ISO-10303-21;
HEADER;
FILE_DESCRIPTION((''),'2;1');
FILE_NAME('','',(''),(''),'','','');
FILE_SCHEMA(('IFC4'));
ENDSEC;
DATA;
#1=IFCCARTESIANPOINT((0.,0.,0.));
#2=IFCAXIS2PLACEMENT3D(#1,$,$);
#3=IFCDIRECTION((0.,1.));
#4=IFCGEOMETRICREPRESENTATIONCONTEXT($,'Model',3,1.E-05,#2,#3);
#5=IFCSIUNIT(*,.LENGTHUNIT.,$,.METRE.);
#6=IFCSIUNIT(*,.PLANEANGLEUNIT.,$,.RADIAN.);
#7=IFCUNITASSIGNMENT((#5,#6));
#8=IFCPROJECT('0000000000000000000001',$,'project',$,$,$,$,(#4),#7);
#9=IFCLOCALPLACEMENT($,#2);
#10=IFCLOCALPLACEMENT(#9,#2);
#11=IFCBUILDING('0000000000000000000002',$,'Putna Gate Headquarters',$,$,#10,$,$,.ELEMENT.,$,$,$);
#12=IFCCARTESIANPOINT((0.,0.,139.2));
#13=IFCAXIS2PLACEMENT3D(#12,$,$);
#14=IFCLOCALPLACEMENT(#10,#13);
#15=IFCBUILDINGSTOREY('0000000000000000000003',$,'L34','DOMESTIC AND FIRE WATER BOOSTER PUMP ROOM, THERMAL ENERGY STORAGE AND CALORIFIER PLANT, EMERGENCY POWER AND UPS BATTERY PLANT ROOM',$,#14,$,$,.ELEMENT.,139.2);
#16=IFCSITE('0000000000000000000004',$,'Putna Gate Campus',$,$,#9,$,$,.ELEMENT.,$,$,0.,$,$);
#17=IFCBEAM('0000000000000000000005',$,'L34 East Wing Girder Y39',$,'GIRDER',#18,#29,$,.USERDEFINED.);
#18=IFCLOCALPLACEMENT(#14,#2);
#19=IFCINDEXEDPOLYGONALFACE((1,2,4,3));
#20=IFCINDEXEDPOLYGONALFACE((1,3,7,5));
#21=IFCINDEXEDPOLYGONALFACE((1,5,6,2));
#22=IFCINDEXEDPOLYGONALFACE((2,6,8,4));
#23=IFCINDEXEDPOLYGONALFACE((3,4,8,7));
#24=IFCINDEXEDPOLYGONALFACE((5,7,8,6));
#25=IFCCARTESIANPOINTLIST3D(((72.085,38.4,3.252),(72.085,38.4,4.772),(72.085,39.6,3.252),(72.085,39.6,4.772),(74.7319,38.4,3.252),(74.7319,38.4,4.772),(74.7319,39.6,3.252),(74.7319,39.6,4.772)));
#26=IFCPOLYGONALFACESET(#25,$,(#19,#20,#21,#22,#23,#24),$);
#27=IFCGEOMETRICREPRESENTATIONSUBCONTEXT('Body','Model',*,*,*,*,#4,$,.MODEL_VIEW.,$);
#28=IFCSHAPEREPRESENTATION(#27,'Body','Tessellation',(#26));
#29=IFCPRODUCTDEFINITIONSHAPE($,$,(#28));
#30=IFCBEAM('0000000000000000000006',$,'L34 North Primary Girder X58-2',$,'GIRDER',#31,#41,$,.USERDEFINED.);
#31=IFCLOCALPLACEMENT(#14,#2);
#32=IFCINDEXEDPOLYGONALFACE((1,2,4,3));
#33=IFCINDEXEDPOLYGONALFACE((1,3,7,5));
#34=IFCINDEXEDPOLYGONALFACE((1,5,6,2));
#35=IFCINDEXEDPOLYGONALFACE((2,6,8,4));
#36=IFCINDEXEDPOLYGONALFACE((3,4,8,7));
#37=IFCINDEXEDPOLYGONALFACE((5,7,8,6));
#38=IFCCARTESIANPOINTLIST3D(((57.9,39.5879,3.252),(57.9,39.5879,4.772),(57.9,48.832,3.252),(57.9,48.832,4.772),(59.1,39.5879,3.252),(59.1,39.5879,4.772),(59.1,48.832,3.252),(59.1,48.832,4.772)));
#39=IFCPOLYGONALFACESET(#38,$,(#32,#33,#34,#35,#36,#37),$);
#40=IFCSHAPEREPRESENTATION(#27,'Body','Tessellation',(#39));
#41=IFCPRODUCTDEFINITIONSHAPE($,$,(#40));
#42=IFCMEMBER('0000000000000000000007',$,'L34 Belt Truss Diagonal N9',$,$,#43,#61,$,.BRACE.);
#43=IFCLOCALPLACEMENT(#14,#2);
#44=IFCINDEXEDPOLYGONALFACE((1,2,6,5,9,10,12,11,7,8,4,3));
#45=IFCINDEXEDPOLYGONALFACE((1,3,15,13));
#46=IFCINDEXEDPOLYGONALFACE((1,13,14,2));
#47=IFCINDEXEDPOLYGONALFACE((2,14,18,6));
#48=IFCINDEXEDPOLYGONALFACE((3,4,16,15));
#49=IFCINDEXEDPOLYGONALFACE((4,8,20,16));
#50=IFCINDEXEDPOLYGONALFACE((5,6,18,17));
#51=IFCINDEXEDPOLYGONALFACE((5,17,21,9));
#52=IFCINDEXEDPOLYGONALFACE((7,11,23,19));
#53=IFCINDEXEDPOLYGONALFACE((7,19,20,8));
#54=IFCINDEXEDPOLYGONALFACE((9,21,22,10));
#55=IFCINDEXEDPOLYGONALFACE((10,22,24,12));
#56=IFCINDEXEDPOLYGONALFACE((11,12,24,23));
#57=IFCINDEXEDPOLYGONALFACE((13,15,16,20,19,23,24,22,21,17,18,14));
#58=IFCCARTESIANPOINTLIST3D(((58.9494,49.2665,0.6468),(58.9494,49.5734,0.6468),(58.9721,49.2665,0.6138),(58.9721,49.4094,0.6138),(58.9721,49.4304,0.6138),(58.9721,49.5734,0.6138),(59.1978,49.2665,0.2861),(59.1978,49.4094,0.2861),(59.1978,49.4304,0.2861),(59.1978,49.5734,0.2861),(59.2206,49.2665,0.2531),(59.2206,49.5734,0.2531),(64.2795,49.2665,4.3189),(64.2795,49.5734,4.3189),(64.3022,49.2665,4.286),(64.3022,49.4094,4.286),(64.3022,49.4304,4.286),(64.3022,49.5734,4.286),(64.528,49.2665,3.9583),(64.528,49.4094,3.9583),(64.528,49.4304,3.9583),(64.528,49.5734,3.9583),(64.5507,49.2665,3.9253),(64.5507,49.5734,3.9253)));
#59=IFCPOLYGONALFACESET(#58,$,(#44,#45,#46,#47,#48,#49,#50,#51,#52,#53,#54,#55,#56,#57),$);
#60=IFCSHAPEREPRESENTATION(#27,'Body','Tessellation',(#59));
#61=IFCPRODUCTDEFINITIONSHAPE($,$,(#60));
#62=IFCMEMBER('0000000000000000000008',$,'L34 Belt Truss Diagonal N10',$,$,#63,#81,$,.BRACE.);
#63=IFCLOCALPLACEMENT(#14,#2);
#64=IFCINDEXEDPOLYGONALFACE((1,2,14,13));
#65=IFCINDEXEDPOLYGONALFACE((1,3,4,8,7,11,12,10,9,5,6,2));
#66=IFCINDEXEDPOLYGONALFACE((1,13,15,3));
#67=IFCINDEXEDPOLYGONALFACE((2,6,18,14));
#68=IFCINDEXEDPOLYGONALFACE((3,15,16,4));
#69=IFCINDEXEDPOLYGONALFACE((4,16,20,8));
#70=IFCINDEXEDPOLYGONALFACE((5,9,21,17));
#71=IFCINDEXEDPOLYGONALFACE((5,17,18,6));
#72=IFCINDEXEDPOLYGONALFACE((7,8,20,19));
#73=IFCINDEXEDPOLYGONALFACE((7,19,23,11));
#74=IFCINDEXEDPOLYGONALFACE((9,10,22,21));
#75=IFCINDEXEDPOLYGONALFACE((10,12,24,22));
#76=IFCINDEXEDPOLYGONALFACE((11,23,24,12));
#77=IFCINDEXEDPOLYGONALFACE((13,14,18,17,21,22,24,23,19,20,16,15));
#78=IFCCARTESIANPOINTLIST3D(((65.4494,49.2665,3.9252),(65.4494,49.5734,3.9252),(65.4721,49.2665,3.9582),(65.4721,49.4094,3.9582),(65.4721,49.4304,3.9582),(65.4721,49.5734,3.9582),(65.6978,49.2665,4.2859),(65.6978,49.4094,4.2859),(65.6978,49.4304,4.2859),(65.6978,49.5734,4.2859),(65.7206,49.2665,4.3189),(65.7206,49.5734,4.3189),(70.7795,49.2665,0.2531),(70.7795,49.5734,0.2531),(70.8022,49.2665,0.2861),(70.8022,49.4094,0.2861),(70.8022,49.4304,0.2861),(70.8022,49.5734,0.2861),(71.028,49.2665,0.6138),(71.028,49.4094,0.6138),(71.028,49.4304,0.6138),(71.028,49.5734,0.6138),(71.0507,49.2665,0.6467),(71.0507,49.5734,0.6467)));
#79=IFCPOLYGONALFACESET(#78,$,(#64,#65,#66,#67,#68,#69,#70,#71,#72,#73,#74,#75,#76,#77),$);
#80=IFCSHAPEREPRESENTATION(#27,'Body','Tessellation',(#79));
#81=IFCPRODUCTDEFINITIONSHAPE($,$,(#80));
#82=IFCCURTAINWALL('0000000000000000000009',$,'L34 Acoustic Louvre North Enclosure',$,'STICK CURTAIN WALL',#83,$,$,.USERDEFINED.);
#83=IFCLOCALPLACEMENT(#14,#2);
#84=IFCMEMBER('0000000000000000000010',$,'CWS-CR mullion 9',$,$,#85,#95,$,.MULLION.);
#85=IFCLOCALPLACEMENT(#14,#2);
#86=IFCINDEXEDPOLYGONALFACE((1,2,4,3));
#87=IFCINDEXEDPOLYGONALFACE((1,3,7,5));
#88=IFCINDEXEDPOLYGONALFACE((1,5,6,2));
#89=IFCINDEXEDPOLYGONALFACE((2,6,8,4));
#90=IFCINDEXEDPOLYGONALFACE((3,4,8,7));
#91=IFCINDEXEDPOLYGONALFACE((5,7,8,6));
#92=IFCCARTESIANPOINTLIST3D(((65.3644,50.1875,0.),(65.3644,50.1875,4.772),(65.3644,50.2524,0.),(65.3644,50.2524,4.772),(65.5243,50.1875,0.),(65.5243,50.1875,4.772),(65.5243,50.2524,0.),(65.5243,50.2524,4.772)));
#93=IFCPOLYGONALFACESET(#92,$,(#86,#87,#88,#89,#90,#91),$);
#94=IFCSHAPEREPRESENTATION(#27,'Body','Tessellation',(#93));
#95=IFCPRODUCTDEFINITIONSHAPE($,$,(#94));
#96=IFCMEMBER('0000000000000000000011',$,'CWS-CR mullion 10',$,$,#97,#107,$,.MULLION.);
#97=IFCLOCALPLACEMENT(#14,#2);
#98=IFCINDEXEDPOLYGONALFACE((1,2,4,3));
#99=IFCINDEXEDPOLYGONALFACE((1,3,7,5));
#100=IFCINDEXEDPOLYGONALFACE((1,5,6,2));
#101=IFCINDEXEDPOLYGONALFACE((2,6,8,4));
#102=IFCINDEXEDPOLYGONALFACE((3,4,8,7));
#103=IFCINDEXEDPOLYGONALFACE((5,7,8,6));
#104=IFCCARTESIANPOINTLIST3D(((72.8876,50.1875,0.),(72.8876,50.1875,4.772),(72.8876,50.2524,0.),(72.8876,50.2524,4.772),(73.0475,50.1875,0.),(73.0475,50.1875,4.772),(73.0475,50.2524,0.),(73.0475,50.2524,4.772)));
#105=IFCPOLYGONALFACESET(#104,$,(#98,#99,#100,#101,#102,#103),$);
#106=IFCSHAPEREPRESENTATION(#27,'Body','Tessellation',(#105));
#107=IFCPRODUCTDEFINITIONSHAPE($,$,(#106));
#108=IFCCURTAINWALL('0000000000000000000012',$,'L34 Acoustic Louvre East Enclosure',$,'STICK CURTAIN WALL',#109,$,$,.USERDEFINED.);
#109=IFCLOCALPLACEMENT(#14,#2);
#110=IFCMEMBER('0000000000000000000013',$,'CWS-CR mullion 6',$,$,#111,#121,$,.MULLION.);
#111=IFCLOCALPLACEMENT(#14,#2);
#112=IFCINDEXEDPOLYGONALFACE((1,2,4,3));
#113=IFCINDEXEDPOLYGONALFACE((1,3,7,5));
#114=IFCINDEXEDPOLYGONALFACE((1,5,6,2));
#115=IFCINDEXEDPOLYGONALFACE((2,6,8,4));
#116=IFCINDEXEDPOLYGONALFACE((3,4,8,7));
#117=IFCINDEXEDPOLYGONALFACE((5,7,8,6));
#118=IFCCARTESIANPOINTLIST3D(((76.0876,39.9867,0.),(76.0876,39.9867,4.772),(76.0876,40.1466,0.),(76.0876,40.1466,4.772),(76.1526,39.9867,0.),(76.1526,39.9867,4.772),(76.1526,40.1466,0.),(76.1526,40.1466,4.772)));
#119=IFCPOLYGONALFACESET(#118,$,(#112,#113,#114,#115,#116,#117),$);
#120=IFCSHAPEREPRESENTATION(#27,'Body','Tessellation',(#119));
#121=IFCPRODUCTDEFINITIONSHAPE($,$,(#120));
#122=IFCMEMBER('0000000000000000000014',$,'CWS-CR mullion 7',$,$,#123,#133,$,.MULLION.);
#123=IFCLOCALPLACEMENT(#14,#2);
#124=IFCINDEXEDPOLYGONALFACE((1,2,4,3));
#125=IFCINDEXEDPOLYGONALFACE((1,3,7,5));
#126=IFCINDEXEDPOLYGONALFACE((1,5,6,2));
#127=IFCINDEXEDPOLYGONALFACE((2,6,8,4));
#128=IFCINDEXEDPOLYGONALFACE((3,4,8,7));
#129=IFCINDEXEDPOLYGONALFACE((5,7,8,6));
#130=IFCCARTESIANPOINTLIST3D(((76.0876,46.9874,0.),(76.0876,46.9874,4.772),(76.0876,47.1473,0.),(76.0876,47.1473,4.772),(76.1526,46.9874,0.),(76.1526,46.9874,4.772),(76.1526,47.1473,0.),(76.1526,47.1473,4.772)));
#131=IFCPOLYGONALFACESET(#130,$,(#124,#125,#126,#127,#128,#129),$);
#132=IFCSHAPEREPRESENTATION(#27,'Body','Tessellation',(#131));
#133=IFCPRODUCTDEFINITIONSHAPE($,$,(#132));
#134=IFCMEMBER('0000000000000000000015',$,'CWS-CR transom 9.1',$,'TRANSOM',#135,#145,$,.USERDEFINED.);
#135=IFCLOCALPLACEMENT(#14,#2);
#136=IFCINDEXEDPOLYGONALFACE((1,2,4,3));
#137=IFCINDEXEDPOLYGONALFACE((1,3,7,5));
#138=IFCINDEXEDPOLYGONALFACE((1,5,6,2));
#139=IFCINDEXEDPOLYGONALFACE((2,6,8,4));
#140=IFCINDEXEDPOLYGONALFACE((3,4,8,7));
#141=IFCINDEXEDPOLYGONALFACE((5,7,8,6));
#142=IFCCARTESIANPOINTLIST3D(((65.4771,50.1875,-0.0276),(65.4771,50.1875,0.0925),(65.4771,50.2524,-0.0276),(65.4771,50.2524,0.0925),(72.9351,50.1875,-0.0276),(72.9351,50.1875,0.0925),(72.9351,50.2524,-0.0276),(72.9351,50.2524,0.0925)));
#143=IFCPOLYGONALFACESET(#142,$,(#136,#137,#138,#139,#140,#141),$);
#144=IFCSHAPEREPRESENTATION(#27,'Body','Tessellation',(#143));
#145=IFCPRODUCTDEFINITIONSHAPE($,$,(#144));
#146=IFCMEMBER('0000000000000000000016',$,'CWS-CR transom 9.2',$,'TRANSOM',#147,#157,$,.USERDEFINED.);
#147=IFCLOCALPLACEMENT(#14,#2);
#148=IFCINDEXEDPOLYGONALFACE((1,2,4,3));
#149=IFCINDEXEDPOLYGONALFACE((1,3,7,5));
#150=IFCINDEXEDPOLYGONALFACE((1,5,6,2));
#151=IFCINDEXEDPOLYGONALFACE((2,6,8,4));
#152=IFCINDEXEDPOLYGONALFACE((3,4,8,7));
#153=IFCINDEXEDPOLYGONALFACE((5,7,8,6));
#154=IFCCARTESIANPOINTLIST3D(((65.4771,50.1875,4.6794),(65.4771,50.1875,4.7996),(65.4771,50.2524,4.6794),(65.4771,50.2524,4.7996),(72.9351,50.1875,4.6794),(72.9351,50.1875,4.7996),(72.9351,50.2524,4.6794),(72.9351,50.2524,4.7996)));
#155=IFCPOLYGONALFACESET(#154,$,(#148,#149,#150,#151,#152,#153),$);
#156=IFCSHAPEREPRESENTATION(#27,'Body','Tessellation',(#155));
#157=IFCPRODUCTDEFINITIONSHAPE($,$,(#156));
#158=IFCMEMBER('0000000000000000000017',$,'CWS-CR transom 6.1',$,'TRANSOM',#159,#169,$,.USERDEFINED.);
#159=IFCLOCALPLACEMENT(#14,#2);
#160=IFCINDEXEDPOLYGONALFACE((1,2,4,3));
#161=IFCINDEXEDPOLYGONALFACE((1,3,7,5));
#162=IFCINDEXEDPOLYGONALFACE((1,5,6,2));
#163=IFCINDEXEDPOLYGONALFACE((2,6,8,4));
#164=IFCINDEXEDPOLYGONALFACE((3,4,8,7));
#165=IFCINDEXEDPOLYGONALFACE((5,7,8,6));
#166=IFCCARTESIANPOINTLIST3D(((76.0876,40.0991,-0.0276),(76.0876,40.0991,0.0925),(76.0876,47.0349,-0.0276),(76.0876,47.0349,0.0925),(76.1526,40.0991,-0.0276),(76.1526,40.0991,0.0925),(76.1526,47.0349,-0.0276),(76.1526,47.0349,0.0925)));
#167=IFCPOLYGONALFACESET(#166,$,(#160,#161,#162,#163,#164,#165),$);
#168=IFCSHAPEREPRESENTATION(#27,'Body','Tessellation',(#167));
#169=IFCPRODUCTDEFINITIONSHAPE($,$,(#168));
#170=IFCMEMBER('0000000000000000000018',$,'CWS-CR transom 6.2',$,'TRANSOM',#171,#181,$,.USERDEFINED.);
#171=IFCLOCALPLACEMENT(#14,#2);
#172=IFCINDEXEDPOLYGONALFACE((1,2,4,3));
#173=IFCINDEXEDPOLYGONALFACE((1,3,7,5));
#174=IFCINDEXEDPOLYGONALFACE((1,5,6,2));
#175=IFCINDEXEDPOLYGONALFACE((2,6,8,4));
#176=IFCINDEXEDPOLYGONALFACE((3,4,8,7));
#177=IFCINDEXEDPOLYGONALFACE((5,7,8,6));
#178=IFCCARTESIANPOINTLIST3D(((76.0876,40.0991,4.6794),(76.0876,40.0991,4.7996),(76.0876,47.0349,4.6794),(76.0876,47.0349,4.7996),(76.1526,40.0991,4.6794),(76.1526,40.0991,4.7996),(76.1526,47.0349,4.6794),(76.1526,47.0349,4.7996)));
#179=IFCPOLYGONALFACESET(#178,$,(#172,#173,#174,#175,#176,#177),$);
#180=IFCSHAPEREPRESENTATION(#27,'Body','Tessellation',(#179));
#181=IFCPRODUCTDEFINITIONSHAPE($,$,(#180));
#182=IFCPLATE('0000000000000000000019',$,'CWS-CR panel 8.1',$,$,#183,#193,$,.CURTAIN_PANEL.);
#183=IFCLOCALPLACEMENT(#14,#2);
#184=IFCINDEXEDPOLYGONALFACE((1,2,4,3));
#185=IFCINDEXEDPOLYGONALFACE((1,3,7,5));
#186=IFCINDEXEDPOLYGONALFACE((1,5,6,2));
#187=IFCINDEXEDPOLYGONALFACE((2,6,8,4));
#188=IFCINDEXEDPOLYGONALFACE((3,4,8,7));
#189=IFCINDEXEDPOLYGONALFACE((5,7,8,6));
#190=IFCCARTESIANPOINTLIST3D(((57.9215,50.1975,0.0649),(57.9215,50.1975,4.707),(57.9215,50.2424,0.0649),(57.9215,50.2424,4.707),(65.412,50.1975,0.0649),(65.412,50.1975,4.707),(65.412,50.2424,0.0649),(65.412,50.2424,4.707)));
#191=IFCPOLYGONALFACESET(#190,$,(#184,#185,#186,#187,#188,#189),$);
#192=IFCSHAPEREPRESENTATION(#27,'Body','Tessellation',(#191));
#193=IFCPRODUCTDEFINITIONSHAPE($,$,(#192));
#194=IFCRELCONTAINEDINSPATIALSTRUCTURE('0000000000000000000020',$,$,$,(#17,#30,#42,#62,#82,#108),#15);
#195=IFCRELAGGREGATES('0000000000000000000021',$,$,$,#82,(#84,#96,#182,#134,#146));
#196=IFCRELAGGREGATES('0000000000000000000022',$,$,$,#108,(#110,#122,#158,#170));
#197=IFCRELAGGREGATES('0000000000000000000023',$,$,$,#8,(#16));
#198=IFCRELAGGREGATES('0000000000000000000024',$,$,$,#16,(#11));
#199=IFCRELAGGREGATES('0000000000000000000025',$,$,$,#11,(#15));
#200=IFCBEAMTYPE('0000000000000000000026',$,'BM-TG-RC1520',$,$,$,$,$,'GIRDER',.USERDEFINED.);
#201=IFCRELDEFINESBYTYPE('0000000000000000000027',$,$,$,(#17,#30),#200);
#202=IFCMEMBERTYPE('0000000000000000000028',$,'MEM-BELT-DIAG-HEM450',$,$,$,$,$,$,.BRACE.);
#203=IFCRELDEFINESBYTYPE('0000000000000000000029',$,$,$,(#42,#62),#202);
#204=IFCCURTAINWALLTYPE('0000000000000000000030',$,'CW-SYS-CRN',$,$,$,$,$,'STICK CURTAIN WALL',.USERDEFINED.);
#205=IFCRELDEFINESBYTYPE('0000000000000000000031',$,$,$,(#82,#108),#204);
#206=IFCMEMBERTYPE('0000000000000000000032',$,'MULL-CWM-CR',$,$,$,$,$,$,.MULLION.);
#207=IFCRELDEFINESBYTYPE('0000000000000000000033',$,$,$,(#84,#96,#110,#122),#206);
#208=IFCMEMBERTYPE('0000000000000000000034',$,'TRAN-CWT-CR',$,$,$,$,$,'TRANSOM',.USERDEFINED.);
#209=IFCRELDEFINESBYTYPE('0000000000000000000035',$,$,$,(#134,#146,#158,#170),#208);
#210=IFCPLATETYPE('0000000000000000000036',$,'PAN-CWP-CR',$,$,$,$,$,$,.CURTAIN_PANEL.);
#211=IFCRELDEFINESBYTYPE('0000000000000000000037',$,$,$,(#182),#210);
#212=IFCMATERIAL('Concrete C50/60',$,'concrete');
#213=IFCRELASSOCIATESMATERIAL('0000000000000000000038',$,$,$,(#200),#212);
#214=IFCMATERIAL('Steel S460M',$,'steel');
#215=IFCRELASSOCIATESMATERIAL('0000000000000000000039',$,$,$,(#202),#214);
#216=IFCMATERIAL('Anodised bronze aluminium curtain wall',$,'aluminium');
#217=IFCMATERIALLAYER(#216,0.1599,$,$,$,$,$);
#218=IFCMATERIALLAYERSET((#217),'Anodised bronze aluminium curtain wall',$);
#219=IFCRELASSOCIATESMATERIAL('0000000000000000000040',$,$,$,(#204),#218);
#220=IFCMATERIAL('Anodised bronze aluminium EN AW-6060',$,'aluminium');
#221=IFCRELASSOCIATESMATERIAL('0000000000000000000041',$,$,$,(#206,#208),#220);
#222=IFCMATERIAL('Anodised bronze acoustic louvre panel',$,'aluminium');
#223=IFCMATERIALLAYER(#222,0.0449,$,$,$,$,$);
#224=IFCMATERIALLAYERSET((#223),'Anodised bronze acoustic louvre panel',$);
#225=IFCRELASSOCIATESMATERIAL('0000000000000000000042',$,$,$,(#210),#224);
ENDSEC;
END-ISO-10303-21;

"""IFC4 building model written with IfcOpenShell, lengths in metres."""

from ifc_helpers import new_model, si_unit, direction, frame, origin, origin_2d, place, context, subcontext, project, spatial, rectangle, i_section, extrude, material, layer, layer_set, material_profile, profile_set, type_object, element, aggregate, save


model = new_model("IFC4")

# Units and contexts
model_context = context("Model", 3, precision=1e-05, world=origin(), true_north=direction((0.0, 1.0)))
body_context = subcontext(model_context, "Body", "Model", "MODEL_VIEW")
ifc_project = project(units=[si_unit("LENGTHUNIT", "METRE"), si_unit("PLANEANGLEUNIT", "RADIAN")], contexts=[model_context])

# Site, building, storey
site_placement = place(None, origin())
site = spatial("IfcSite", under=ifc_project, at=site_placement, Name="Putna Gate Campus", CompositionType="ELEMENT", RefElevation=0.0)
building_placement = place(site_placement, origin())
building = spatial("IfcBuilding", under=site, at=building_placement, Name="Putna Gate Headquarters", CompositionType="ELEMENT")
storey_placement = place(building_placement, frame((0.0, 0.0, 139.2)))
storey = spatial("IfcBuildingStorey", under=building, at=storey_placement, Name="L34", Description="DOMESTIC AND FIRE WATER BOOSTER PUMP ROOM, THERMAL ENERGY STORAGE AND CALORIFIER PLANT, EMERGENCY POWER AND UPS BATTERY PLANT ROOM", CompositionType="ELEMENT", Elevation=139.2)

# Beams
ifc_material_1 = material(Name="Concrete C50/60", Category="concrete")
ifc_material_profile_1 = material_profile(ifc_material_1, rectangle(XDim=1.2, YDim=1.52, at=origin_2d()), Name="Concrete C50/60")
ifc_profile_set_1 = profile_set([ifc_material_profile_1], Name="Concrete C50/60")
beam_type_1 = type_object("IfcBeamType", Name="BM-TG-RC1520", ElementType="GIRDER", PredefinedType="USERDEFINED", material=ifc_profile_set_1)
beam_1_placement = place(storey_placement, frame((72.085, 39.0, 4.012), z_axis=(1.0, 0.0, 0.0), x_axis=(0.0, 1.0, 0.0)))
element("IfcBeam", 1, at=beam_1_placement, inside=storey, type_object=beam_type_1, Name="L34 East Wing Girder Y39", ObjectType="GIRDER", PredefinedType="USERDEFINED", context=body_context, shape_type="SweptSolid", body=[
    extrude(rectangle(XDim=1.2, YDim=1.52, at=origin_2d()), origin(), (0.0, 0.0, 1.0), 2.647),
])
beam_2_placement = place(storey_placement, frame((58.5, 39.5879, 4.012), z_axis=(0.0, 1.0, 0.0), x_axis=(-1.0, 0.0, 0.0)))
element("IfcBeam", 2, at=beam_2_placement, inside=storey, type_object=beam_type_1, Name="L34 North Primary Girder X58-2", ObjectType="GIRDER", PredefinedType="USERDEFINED", context=body_context, shape_type="SweptSolid", body=[
    extrude(rectangle(XDim=1.2, YDim=1.52, at=origin_2d()), origin(), (0.0, 0.0, 1.0), 9.2441),
])

# Members
ifc_material_2 = material(Name="Steel S460M", Category="steel")
ifc_material_profile_2 = material_profile(ifc_material_2, i_section(OverallWidth=0.3069, OverallDepth=0.478, WebThickness=0.021, FlangeThickness=0.04, at=origin_2d()), Name="Steel S460M")
ifc_profile_set_2 = profile_set([ifc_material_profile_2], Name="Steel S460M")
member_type_1 = type_object("IfcMemberType", Name="MEM-BELT-DIAG-HEM450", PredefinedType="BRACE", material=ifc_profile_set_2)
for number, where, z_axis, x_axis, name in (
    (3, (59.085, 49.4199, 0.45), (0.823487, 0.0, 0.567335), (0.0, 1.0, 0.0), "L34 Belt Truss Diagonal N9"),
    (4, (65.585, 49.4199, 4.1221), (0.823487, 0.0, -0.567335), (0.0, 1.0, 0.0), "L34 Belt Truss Diagonal N10"),
):
    element("IfcMember", number, at=place(storey_placement, frame(where, z_axis=z_axis, x_axis=x_axis)), inside=storey, type_object=member_type_1, Name=name, PredefinedType="BRACE", context=body_context, shape_type="SweptSolid", body=[
        extrude(i_section(OverallWidth=0.3069, OverallDepth=0.478, WebThickness=0.021, FlangeThickness=0.04, at=origin_2d()), origin(), (0.0, 0.0, 1.0), 6.4727),
    ])

# Curtain walls, members
ifc_material_3 = material(Name="Anodised bronze aluminium curtain wall", Category="aluminium")
ifc_layer_1 = layer(ifc_material_3, 0.1599)
ifc_layer_set_1 = layer_set([ifc_layer_1], Name="Anodised bronze aluminium curtain wall")
curtain_wall_type = type_object("IfcCurtainWallType", Name="CW-SYS-CRN", ElementType="STICK CURTAIN WALL", PredefinedType="USERDEFINED", material=ifc_layer_set_1)
curtain_wall_1_placement = place(storey_placement, origin())
curtain_wall_1 = element("IfcCurtainWall", 5, at=curtain_wall_1_placement, inside=storey, type_object=curtain_wall_type, Name="L34 Acoustic Louvre North Enclosure", ObjectType="STICK CURTAIN WALL", PredefinedType="USERDEFINED")
ifc_material_4 = material(Name="Anodised bronze aluminium EN AW-6060", Category="aluminium")
ifc_material_profile_3 = material_profile(ifc_material_4, rectangle(XDim=0.0649, YDim=0.1599, at=origin_2d()), Name="Anodised bronze aluminium EN AW-6060")
ifc_profile_set_3 = profile_set([ifc_material_profile_3], Name="Anodised bronze aluminium EN AW-6060")
member_type_2 = type_object("IfcMemberType", Name="MULL-CWM-CR", PredefinedType="MULLION", material=ifc_profile_set_3)
member_1_placement = place(storey_placement, frame((65.4443, 50.22, 0.0), z_axis=(0.0, 0.0, 1.0), x_axis=(0.0, 1.0, 0.0)))
member_1 = element("IfcMember", 6, at=member_1_placement, type_object=member_type_2, Name="CWS-CR mullion 9", PredefinedType="MULLION", context=body_context, shape_type="SweptSolid", body=[
    extrude(rectangle(XDim=0.0649, YDim=0.1599, at=origin_2d()), origin(), (0.0, 0.0, 1.0), 4.772),
])
member_2_placement = place(storey_placement, frame((72.9675, 50.22, 0.0), z_axis=(0.0, 0.0, 1.0), x_axis=(0.0, 1.0, 0.0)))
member_2 = element("IfcMember", 7, at=member_2_placement, type_object=member_type_2, Name="CWS-CR mullion 10", PredefinedType="MULLION", context=body_context, shape_type="SweptSolid", body=[
    extrude(rectangle(XDim=0.0649, YDim=0.1599, at=origin_2d()), origin(), (0.0, 0.0, 1.0), 4.772),
])
curtain_wall_2_placement = place(storey_placement, origin())
curtain_wall_2 = element("IfcCurtainWall", 8, at=curtain_wall_2_placement, inside=storey, type_object=curtain_wall_type, Name="L34 Acoustic Louvre East Enclosure", ObjectType="STICK CURTAIN WALL", PredefinedType="USERDEFINED")
member_3_placement = place(storey_placement, frame((76.1201, 40.0667, 0.0), z_axis=(0.0, 0.0, 1.0), x_axis=(-1.0, 0.0, 0.0)))
member_3 = element("IfcMember", 9, at=member_3_placement, type_object=member_type_2, Name="CWS-CR mullion 6", PredefinedType="MULLION", context=body_context, shape_type="SweptSolid", body=[
    extrude(rectangle(XDim=0.0649, YDim=0.1599, at=origin_2d()), origin(), (0.0, 0.0, 1.0), 4.772),
])
member_4_placement = place(storey_placement, frame((76.1201, 47.0674, 0.0), z_axis=(0.0, 0.0, 1.0), x_axis=(-1.0, 0.0, 0.0)))
member_4 = element("IfcMember", 10, at=member_4_placement, type_object=member_type_2, Name="CWS-CR mullion 7", PredefinedType="MULLION", context=body_context, shape_type="SweptSolid", body=[
    extrude(rectangle(XDim=0.0649, YDim=0.1599, at=origin_2d()), origin(), (0.0, 0.0, 1.0), 4.772),
])

# Members
ifc_material_profile_4 = material_profile(ifc_material_4, rectangle(XDim=0.0649, YDim=0.1201, at=origin_2d()), Name="Anodised bronze aluminium EN AW-6060")
ifc_profile_set_4 = profile_set([ifc_material_profile_4], Name="Anodised bronze aluminium EN AW-6060")
member_type_3 = type_object("IfcMemberType", Name="TRAN-CWT-CR", ElementType="TRANSOM", PredefinedType="USERDEFINED", material=ifc_profile_set_4)
member_5_placement = place(storey_placement, frame((65.4771, 50.22, 0.0325), z_axis=(1.0, 0.0, 0.0), x_axis=(0.0, 1.0, 0.0)))
member_5 = element("IfcMember", 11, at=member_5_placement, type_object=member_type_3, Name="CWS-CR transom 9.1", ObjectType="TRANSOM", PredefinedType="USERDEFINED", context=body_context, shape_type="SweptSolid", body=[
    extrude(rectangle(XDim=0.0649, YDim=0.1201, at=origin_2d()), origin(), (0.0, 0.0, 1.0), 7.458),
])
member_6_placement = place(storey_placement, frame((65.4771, 50.22, 4.7395), z_axis=(1.0, 0.0, 0.0), x_axis=(0.0, 1.0, 0.0)))
member_6 = element("IfcMember", 12, at=member_6_placement, type_object=member_type_3, Name="CWS-CR transom 9.2", ObjectType="TRANSOM", PredefinedType="USERDEFINED", context=body_context, shape_type="SweptSolid", body=[
    extrude(rectangle(XDim=0.0649, YDim=0.1201, at=origin_2d()), origin(), (0.0, 0.0, 1.0), 7.458),
])
member_7_placement = place(storey_placement, frame((76.1201, 40.0991, 0.0325), z_axis=(0.0, 1.0, 0.0), x_axis=(-1.0, 0.0, 0.0)))
member_7 = element("IfcMember", 13, at=member_7_placement, type_object=member_type_3, Name="CWS-CR transom 6.1", ObjectType="TRANSOM", PredefinedType="USERDEFINED", context=body_context, shape_type="SweptSolid", body=[
    extrude(rectangle(XDim=0.0649, YDim=0.1201, at=origin_2d()), origin(), (0.0, 0.0, 1.0), 6.9358),
])
member_8_placement = place(storey_placement, frame((76.1201, 40.0991, 4.7395), z_axis=(0.0, 1.0, 0.0), x_axis=(-1.0, 0.0, 0.0)))
member_8 = element("IfcMember", 14, at=member_8_placement, type_object=member_type_3, Name="CWS-CR transom 6.2", ObjectType="TRANSOM", PredefinedType="USERDEFINED", context=body_context, shape_type="SweptSolid", body=[
    extrude(rectangle(XDim=0.0649, YDim=0.1201, at=origin_2d()), origin(), (0.0, 0.0, 1.0), 6.9358),
])

# Plate
ifc_material_5 = material(Name="Anodised bronze acoustic louvre panel", Category="aluminium")
ifc_layer_2 = layer(ifc_material_5, 0.0449)
ifc_layer_set_2 = layer_set([ifc_layer_2], Name="Anodised bronze acoustic louvre panel")
plate_type_1 = type_object("IfcPlateType", Name="PAN-CWP-CR", PredefinedType="CURTAIN_PANEL", material=ifc_layer_set_2)
plate_1_placement = place(storey_placement, frame((61.6667, 50.22, 0.0649), z_axis=(0.0, 0.0, 1.0), x_axis=(1.0, 0.0, 0.0)))
plate_1 = element("IfcPlate", 15, at=plate_1_placement, type_object=plate_type_1, Name="CWS-CR panel 8.1", PredefinedType="CURTAIN_PANEL", context=body_context, shape_type="SweptSolid", body=[
    extrude(rectangle(XDim=7.4905, YDim=0.0449, at=origin_2d()), origin(), (0.0, 0.0, 1.0), 4.6421),
])
aggregate(curtain_wall_1, [member_1, member_2, plate_1, member_5, member_6])
aggregate(curtain_wall_2, [member_3, member_4, member_7, member_8])

save(model, "model.ifc")
